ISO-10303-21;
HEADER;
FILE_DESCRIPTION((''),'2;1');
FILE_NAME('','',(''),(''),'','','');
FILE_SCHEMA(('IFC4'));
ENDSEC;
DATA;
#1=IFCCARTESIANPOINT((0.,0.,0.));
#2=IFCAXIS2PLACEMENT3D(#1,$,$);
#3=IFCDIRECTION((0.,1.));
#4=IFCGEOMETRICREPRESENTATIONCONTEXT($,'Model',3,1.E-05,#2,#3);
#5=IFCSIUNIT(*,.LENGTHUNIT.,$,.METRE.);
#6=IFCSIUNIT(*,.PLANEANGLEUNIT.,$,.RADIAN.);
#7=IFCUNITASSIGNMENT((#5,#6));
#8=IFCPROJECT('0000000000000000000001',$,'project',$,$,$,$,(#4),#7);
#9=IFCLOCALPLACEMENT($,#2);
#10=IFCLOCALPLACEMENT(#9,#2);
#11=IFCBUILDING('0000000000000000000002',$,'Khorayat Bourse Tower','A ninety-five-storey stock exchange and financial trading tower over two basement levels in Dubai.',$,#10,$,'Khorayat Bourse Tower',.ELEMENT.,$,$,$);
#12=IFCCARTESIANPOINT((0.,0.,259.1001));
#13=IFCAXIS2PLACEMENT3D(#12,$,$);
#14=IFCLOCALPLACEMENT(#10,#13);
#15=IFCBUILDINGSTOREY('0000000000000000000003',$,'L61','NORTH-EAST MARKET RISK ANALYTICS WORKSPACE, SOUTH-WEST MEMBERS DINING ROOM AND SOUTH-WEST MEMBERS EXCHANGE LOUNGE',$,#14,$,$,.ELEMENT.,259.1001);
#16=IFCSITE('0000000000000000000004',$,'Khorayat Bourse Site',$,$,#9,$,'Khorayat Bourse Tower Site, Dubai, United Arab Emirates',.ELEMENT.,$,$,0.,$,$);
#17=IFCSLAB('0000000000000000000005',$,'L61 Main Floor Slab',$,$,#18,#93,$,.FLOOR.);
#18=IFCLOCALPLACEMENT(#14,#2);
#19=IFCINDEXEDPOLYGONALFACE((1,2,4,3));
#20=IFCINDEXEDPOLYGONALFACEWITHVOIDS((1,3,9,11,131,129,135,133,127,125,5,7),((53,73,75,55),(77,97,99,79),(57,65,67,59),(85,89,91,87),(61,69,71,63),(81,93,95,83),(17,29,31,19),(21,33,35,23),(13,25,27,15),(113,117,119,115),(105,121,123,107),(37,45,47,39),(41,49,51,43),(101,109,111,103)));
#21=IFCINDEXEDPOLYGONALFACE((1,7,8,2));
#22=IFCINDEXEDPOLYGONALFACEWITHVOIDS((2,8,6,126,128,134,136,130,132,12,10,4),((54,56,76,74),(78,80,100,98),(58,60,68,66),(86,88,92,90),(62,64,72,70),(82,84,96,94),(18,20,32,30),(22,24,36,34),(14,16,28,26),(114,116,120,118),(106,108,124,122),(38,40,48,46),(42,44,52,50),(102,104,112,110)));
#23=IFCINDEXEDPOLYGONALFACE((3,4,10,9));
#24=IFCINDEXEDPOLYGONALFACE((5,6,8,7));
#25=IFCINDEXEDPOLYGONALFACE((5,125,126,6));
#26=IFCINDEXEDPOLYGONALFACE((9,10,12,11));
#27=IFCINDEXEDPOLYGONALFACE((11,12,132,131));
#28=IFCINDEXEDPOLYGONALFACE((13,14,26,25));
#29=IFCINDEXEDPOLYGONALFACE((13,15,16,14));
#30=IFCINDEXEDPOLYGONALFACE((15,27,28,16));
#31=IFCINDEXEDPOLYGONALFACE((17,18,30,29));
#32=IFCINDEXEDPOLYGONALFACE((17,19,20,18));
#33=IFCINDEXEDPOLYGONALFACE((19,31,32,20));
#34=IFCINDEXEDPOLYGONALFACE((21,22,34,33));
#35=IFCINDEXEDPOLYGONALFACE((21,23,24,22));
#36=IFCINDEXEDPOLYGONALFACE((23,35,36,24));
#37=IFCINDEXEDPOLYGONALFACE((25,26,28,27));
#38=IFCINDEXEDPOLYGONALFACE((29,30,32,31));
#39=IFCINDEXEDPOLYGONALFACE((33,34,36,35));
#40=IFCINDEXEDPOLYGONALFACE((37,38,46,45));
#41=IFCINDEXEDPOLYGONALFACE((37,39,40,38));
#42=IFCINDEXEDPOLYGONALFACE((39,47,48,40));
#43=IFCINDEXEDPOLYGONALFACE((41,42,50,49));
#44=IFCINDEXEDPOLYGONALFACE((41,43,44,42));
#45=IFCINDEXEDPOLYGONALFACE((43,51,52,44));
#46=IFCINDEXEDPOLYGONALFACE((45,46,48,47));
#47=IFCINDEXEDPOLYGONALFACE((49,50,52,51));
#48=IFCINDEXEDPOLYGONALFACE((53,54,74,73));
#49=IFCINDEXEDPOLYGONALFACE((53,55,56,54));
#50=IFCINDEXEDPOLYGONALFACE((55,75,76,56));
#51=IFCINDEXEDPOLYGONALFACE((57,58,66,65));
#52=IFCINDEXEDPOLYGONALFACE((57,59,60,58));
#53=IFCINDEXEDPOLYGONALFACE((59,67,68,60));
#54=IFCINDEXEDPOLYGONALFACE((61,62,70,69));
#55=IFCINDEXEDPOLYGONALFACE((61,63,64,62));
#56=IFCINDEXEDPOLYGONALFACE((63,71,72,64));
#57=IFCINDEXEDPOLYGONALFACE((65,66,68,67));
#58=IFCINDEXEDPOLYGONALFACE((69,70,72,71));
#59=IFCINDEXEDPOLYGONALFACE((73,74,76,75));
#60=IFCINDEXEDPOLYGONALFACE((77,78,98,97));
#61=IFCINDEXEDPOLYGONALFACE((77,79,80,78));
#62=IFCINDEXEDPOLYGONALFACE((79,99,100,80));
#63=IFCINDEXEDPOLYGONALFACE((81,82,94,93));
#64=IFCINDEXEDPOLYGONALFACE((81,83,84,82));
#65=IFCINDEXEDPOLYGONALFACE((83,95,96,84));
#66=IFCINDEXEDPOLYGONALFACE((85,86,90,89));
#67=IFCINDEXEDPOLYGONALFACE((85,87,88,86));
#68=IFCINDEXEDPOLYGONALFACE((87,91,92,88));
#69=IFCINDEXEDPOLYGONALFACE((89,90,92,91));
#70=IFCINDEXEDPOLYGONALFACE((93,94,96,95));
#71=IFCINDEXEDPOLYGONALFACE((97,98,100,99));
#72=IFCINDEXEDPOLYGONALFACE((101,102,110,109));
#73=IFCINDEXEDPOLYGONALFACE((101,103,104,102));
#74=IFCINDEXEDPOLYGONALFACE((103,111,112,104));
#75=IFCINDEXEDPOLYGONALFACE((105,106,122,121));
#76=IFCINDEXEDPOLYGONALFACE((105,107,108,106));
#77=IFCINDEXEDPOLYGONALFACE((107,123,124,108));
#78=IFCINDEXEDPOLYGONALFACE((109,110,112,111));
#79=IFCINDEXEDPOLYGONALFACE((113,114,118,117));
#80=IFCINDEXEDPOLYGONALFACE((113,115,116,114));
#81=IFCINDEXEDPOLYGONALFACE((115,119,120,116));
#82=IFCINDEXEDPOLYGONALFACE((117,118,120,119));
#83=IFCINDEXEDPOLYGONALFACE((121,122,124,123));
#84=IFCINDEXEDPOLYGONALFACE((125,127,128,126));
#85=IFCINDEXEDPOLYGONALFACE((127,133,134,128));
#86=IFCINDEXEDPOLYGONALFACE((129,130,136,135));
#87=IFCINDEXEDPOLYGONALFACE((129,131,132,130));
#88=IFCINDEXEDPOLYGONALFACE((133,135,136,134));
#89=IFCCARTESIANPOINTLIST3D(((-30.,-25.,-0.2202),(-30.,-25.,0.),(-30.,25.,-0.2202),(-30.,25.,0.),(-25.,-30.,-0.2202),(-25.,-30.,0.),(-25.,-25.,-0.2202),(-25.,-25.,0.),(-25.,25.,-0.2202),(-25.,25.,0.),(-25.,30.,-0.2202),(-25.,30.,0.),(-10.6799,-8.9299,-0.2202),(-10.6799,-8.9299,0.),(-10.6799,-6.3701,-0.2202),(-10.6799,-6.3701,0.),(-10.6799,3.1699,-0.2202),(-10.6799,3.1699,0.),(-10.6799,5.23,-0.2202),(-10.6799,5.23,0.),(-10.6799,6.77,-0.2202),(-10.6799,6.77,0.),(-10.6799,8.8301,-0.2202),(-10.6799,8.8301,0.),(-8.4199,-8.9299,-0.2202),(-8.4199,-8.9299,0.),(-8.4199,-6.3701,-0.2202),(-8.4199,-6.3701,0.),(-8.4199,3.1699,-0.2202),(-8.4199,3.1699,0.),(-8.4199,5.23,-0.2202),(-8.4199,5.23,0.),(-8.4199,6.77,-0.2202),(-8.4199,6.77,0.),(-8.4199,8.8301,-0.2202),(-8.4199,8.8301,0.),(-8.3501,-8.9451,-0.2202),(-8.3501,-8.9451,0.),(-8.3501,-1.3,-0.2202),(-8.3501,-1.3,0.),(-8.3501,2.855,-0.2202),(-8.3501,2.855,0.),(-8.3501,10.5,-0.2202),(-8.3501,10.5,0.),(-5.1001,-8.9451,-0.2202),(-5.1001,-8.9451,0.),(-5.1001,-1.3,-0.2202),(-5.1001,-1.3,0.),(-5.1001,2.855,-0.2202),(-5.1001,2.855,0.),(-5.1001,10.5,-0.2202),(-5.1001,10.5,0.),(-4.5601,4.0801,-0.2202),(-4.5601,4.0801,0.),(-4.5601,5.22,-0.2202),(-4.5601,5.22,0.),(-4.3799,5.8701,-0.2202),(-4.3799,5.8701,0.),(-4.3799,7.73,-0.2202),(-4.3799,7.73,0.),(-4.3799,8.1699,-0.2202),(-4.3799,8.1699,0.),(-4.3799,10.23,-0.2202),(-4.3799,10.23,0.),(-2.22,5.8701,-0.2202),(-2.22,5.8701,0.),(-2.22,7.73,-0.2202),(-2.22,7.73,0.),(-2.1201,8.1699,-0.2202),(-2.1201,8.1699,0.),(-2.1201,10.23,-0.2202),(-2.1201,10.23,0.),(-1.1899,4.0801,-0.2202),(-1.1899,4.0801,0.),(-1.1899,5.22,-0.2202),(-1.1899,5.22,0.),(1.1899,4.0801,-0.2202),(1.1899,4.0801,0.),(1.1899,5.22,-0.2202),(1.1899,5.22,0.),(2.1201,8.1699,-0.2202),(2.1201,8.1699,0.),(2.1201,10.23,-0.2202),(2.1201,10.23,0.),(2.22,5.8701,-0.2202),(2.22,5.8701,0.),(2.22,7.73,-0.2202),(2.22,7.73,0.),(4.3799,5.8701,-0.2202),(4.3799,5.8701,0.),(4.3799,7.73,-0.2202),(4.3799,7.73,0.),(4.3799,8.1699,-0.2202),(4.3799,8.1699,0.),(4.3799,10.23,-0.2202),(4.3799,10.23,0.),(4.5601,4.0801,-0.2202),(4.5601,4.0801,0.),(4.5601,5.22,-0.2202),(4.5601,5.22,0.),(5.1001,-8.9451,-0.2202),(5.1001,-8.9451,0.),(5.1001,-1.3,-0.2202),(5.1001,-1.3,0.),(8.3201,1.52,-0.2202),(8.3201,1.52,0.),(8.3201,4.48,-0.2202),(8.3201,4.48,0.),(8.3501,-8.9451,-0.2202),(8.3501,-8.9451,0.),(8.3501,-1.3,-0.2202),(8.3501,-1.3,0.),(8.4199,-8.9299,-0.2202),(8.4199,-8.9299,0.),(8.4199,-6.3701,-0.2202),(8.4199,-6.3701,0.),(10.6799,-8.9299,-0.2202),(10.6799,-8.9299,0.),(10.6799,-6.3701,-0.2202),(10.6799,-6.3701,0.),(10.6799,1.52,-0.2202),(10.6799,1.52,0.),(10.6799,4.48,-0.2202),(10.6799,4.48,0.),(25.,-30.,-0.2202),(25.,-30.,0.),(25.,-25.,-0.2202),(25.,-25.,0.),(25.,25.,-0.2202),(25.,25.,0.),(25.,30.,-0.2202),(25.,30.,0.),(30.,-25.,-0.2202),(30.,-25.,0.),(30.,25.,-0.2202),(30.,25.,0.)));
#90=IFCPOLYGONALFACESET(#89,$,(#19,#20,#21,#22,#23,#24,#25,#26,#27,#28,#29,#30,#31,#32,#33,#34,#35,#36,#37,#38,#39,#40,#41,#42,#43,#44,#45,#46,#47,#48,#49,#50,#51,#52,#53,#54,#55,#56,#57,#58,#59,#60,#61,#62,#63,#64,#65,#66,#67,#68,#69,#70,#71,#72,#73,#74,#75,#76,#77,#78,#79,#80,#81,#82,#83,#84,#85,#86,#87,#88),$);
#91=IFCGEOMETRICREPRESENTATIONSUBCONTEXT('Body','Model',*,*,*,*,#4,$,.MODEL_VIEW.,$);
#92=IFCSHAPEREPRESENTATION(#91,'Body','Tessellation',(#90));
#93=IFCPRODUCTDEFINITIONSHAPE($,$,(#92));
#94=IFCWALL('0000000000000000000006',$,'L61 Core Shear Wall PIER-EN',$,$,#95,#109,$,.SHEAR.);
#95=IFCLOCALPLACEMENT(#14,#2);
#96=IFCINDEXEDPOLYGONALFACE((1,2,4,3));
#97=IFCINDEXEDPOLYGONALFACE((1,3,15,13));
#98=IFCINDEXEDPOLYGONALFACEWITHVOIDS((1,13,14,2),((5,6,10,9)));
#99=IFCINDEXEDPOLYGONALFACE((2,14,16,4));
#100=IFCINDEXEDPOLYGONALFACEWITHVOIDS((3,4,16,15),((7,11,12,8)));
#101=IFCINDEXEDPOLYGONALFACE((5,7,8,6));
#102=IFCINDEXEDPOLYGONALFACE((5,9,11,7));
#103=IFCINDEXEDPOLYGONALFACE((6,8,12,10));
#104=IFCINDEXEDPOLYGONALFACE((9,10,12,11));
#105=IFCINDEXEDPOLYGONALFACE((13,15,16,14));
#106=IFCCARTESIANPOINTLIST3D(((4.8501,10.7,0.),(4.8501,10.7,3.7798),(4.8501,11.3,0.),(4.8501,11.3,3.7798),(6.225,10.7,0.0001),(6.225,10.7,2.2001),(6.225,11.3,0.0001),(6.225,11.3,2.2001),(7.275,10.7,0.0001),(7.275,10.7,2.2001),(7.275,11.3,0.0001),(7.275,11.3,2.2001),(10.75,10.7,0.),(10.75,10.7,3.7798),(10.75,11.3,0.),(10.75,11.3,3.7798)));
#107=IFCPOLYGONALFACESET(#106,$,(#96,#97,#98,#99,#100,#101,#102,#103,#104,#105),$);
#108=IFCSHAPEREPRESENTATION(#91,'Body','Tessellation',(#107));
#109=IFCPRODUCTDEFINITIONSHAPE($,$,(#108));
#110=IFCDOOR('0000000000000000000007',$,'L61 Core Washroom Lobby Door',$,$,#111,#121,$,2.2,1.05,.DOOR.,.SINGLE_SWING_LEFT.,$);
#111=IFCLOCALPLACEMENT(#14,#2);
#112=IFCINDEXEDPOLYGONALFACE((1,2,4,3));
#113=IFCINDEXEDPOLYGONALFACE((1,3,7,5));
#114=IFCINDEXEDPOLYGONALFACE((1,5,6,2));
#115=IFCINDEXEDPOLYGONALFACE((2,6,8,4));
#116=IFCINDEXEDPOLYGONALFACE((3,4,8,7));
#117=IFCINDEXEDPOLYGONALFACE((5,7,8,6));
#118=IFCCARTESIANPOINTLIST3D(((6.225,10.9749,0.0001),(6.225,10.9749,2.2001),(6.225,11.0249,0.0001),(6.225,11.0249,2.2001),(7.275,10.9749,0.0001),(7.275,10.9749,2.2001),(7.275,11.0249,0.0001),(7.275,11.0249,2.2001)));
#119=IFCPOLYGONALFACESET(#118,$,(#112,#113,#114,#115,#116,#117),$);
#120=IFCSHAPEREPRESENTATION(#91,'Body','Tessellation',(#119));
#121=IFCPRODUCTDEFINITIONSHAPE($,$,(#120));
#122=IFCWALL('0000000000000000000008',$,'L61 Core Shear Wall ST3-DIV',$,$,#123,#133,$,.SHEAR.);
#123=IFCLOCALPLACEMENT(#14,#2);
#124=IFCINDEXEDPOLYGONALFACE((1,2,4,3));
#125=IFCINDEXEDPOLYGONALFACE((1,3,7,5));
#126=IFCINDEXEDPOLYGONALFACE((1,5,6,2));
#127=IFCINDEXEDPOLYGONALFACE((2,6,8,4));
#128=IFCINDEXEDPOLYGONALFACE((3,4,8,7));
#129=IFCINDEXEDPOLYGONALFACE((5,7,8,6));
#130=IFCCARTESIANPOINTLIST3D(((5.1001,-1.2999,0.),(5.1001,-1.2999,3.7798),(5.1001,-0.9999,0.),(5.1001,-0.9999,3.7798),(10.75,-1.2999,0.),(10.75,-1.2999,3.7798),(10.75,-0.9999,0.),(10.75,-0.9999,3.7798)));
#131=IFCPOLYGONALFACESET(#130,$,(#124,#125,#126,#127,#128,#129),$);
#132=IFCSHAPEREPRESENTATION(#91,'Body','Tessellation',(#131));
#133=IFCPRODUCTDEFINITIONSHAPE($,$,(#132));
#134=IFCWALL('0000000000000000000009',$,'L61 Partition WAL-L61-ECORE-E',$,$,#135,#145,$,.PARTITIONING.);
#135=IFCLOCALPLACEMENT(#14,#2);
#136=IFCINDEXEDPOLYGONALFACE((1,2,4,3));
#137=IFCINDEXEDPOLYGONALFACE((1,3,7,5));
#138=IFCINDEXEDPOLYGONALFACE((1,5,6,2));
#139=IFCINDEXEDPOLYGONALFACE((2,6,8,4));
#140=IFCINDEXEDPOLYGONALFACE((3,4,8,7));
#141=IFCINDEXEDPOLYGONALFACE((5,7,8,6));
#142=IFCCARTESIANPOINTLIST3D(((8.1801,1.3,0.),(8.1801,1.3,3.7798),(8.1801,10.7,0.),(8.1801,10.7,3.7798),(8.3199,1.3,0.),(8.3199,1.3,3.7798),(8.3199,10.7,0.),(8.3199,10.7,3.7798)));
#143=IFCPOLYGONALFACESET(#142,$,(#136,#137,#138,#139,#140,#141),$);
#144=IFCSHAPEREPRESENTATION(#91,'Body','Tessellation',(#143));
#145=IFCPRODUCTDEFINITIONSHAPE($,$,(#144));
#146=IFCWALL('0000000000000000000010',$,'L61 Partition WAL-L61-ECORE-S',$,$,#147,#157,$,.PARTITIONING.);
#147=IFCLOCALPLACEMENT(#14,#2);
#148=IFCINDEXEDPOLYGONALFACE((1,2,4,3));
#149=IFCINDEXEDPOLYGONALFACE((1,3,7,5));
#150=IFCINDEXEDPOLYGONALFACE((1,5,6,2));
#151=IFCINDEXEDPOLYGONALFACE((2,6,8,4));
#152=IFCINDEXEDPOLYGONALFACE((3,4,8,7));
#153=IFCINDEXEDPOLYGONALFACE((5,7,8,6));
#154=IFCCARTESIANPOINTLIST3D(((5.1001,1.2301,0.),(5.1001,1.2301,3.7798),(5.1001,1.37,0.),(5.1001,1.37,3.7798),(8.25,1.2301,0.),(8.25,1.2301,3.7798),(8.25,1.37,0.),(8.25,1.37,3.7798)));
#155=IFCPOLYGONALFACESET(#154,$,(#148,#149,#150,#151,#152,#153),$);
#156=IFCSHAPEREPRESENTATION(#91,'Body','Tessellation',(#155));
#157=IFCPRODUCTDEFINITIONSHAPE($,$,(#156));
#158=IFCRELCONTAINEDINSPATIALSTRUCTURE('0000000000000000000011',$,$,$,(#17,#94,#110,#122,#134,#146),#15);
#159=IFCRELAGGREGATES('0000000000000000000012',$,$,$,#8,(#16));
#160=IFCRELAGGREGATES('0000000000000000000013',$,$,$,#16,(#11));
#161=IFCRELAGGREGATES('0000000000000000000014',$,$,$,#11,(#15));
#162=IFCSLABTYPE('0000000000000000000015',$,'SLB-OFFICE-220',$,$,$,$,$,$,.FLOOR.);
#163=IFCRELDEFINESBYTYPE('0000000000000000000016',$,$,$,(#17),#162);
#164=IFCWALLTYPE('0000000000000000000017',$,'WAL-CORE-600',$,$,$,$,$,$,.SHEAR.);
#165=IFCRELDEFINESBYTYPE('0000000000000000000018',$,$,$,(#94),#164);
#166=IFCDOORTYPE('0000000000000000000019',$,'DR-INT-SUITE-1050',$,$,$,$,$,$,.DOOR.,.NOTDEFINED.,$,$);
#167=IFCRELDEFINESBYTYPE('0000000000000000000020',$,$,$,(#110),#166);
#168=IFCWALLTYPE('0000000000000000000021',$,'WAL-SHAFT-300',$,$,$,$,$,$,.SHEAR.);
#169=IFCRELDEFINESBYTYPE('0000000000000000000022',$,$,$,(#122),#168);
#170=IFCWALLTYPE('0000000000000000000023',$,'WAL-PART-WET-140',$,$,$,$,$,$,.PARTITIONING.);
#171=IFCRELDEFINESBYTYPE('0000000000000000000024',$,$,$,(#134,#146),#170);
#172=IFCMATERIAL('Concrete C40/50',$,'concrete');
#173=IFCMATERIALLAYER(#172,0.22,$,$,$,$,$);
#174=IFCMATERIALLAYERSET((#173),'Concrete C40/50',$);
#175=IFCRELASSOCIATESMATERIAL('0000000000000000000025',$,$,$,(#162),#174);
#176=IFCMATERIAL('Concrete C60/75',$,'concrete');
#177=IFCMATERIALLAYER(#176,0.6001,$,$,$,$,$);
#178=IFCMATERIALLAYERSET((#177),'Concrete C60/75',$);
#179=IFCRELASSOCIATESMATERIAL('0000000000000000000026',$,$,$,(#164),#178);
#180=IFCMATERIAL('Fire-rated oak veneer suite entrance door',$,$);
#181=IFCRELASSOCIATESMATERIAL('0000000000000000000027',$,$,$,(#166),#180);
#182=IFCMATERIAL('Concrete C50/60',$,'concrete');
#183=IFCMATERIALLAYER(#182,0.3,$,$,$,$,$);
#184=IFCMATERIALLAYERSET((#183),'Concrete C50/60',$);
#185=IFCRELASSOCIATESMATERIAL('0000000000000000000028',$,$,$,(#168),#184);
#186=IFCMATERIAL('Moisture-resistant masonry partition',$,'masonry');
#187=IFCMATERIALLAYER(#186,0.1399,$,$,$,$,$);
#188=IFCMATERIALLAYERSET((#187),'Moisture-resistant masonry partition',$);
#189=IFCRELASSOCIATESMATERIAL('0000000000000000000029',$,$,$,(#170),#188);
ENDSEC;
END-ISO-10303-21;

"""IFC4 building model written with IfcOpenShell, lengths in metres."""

from ifc_helpers import new_model, si_unit, direction, frame, frame_2d, origin, place, context, subcontext, project, spatial, polyline, rectangle, outline, extrude, source, transform, mapped, material, layer, layer_set, type_object, element, fill, save


model = new_model("IFC4")

# Units and contexts
model_context = context("Model", 3, precision=1e-05, world=origin(), true_north=direction((0.0, 1.0)))
body_context = subcontext(model_context, "Body", "Model", "MODEL_VIEW")
ifc_project = project(units=[si_unit("LENGTHUNIT", "METRE"), si_unit("PLANEANGLEUNIT", "RADIAN")], contexts=[model_context])

# Site, building, storey
site_placement = place(None, origin())
site = spatial("IfcSite", under=ifc_project, at=site_placement, Name="Khorayat Bourse Site", LongName="Khorayat Bourse Tower Site, Dubai, United Arab Emirates", CompositionType="ELEMENT", RefElevation=0.0)
building_placement = place(site_placement, origin())
building = spatial("IfcBuilding", under=site, at=building_placement, Name="Khorayat Bourse Tower", Description="A ninety-five-storey stock exchange and financial trading tower over two basement levels in Dubai.", LongName="Khorayat Bourse Tower", CompositionType="ELEMENT")
storey_placement = place(building_placement, frame((0.0, 0.0, 259.1001)))
storey = spatial("IfcBuildingStorey", under=building, at=storey_placement, Name="L61", Description="NORTH-EAST MARKET RISK ANALYTICS WORKSPACE, SOUTH-WEST MEMBERS DINING ROOM AND SOUTH-WEST MEMBERS EXCHANGE LOUNGE", CompositionType="ELEMENT", Elevation=259.1001)

# Shared definitions
ifc_material_1 = material(Name="Concrete C60/75", Category="concrete")

# Shared definitions
ifc_material_2 = material(Name="Concrete C40/50", Category="concrete")

# Slab
ifc_layer_1 = layer(ifc_material_2, 0.22)
ifc_layer_set_1 = layer_set([ifc_layer_1], Name="Concrete C40/50")
slab_type_1 = type_object("IfcSlabType", Name="SLB-OFFICE-220", PredefinedType="FLOOR", material=ifc_layer_set_1)
slab_1_placement = place(storey_placement, frame((0.0, 0.0, -0.2202)))
element("IfcSlab", 1, at=slab_1_placement, inside=storey, type_object=slab_type_1, Name="L61 Main Floor Slab", PredefinedType="FLOOR", context=body_context, shape_type="SweptSolid", body=[
    extrude(outline(polyline([(-25.0, -30.0), (25.0, -30.0), (25.0, -25.0), (30.0, -25.0), (30.0, 25.0), (25.0, 25.0), (25.0, 30.0), (-25.0, 30.0), (-25.0, 25.0), (-30.0, 25.0), (-30.0, -25.0), (-25.0, -25.0), (-25.0, -30.0)]), holes=[polyline([(-8.3501, -8.9451), (-5.1001, -8.9451), (-5.1001, -1.3), (-8.3501, -1.3), (-8.3501, -8.9451)]), polyline([(-8.3501, 2.855), (-5.1001, 2.855), (-5.1001, 10.5), (-8.3501, 10.5), (-8.3501, 2.855)]), polyline([(5.1001, -8.9451), (8.3501, -8.9451), (8.3501, -1.3), (5.1001, -1.3), (5.1001, -8.9451)]), polyline([(-4.3799, 8.1699), (-2.1201, 8.1699), (-2.1201, 10.23), (-4.3799, 10.23), (-4.3799, 8.1699)]), polyline([(2.1201, 8.1699), (4.3799, 8.1699), (4.3799, 10.23), (2.1201, 10.23), (2.1201, 8.1699)]), polyline([(-4.3799, 5.8701), (-2.22, 5.8701), (-2.22, 7.73), (-4.3799, 7.73), (-4.3799, 5.8701)]), polyline([(2.22, 5.8701), (4.3799, 5.8701), (4.3799, 7.73), (2.22, 7.73), (2.22, 5.8701)]), polyline([(-10.6799, 3.1699), (-8.4199, 3.1699), (-8.4199, 5.23), (-10.6799, 5.23), (-10.6799, 3.1699)]), polyline([(-10.6799, 6.77), (-8.4199, 6.77), (-8.4199, 8.8301), (-10.6799, 8.8301), (-10.6799, 6.77)]), polyline([(-10.6799, -8.9299), (-8.4199, -8.9299), (-8.4199, -6.3701), (-10.6799, -6.3701), (-10.6799, -8.9299)]), polyline([(8.4199, -8.9299), (10.6799, -8.9299), (10.6799, -6.3701), (8.4199, -6.3701), (8.4199, -8.9299)]), polyline([(8.3201, 1.52), (10.6799, 1.52), (10.6799, 4.48), (8.3201, 4.48), (8.3201, 1.52)]), polyline([(-4.5601, 4.0801), (-1.1899, 4.0801), (-1.1899, 5.22), (-4.5601, 5.22), (-4.5601, 4.0801)]), polyline([(1.1899, 4.0801), (4.5601, 4.0801), (4.5601, 5.22), (1.1899, 5.22), (1.1899, 4.0801)])]), origin(), (0.0, 0.0, 1.0), 0.2202),
])

# Wall, opening, door
ifc_layer_2 = layer(ifc_material_1, 0.6001)
ifc_layer_set_2 = layer_set([ifc_layer_2], Name="Concrete C60/75")
wall_type_1 = type_object("IfcWallType", Name="WAL-CORE-600", PredefinedType="SHEAR", material=ifc_layer_set_2)
shared_shape_1 = source(origin(), body_context, "Body", "SweptSolid", [
    extrude(rectangle(XDim=5.8999, YDim=0.6001, at=frame_2d((2.95, 0.0))), origin(), (0.0, 0.0, 1.0), 3.7798),
])
wall_1_placement = place(storey_placement, frame((4.8501, 11.0, 0.0), z_axis=(0.0, 0.0, 1.0), x_axis=(1.0, 0.0, 0.0)))
wall_1 = element("IfcWall", 2, at=wall_1_placement, inside=storey, type_object=wall_type_1, Name="L61 Core Shear Wall PIER-EN", PredefinedType="SHEAR", context=body_context, shape_type="MappedRepresentation", body=[
    mapped(shared_shape_1, transform((0.0, 0.0, 0.0), scale=1.0)),
])
shared_shape_2 = source(origin(), body_context, "Body", "SweptSolid", [
    extrude(rectangle(XDim=1.05, YDim=2.2, at=frame_2d((0.5249, 1.1001))), frame((0.0, 0.3101, 0.0), z_axis=(0.0, -1.0, 0.0), x_axis=(1.0, 0.0, 0.0)), (0.0, 0.0, 1.0), 0.6201),
])
opening_1_placement = place(wall_1_placement, frame((1.375, 0.0, 0.0)))
opening_1 = element("IfcOpeningElement", 3, at=opening_1_placement, cuts=wall_1, PredefinedType="OPENING", context=body_context, shape_type="MappedRepresentation", body=[
    mapped(shared_shape_2, transform((0.0, 0.0, 0.0), scale=1.0)),
])
ifc_material_3 = material(Name="Fire-rated oak veneer suite entrance door")
door_type_1 = type_object("IfcDoorType", Name="DR-INT-SUITE-1050", OperationType="NOTDEFINED", PredefinedType="DOOR", material=ifc_material_3)
shared_shape_3 = source(origin(), body_context, "Body", "SweptSolid", [
    extrude(rectangle(XDim=1.05, YDim=2.2, at=frame_2d((0.5249, 1.1001))), frame((0.0, 0.0249, 0.0), z_axis=(0.0, -1.0, 0.0), x_axis=(1.0, 0.0, 0.0)), (0.0, 0.0, 1.0), 0.05),
])
door_1_placement = place(opening_1_placement, origin())
door_1 = element("IfcDoor", 4, at=door_1_placement, inside=storey, type_object=door_type_1, Name="L61 Core Washroom Lobby Door", OperationType="SINGLE_SWING_LEFT", OverallHeight=2.2, OverallWidth=1.05, PredefinedType="DOOR", context=body_context, shape_type="MappedRepresentation", body=[
    mapped(shared_shape_3, transform((0.0, 0.0, 0.0), scale=1.0)),
])
fill(opening_1, door_1)

# Walls
ifc_material_4 = material(Name="Concrete C50/60", Category="concrete")
ifc_layer_3 = layer(ifc_material_4, 0.3)
ifc_layer_set_3 = layer_set([ifc_layer_3], Name="Concrete C50/60")
wall_type_2 = type_object("IfcWallType", Name="WAL-SHAFT-300", PredefinedType="SHEAR", material=ifc_layer_set_3)
shared_shape_4 = source(origin(), body_context, "Body", "SweptSolid", [
    extrude(rectangle(XDim=5.6499, YDim=0.3, at=frame_2d((2.825, 0.0))), origin(), (0.0, 0.0, 1.0), 3.7798),
])
wall_2_placement = place(storey_placement, frame((5.1001, -1.1499, 0.0), z_axis=(0.0, 0.0, 1.0), x_axis=(1.0, 0.0, 0.0)))
element("IfcWall", 5, at=wall_2_placement, inside=storey, type_object=wall_type_2, Name="L61 Core Shear Wall ST3-DIV", PredefinedType="SHEAR", context=body_context, shape_type="MappedRepresentation", body=[
    mapped(shared_shape_4, transform((0.0, 0.0, 0.0), scale=1.0)),
])
ifc_material_5 = material(Name="Moisture-resistant masonry partition", Category="masonry")
ifc_layer_4 = layer(ifc_material_5, 0.1399)
ifc_layer_set_4 = layer_set([ifc_layer_4], Name="Moisture-resistant masonry partition")
wall_type_3 = type_object("IfcWallType", Name="WAL-PART-WET-140", PredefinedType="PARTITIONING", material=ifc_layer_set_4)
shared_shape_5 = source(origin(), body_context, "Body", "SweptSolid", [
    extrude(rectangle(XDim=9.3999, YDim=0.1399, at=frame_2d((4.7, 0.0))), origin(), (0.0, 0.0, 1.0), 3.7798),
])
wall_3_placement = place(storey_placement, frame((8.25, 1.3, 0.0), z_axis=(0.0, 0.0, 1.0), x_axis=(0.0, 1.0, 0.0)))
element("IfcWall", 6, at=wall_3_placement, inside=storey, type_object=wall_type_3, Name="L61 Partition WAL-L61-ECORE-E", PredefinedType="PARTITIONING", context=body_context, shape_type="MappedRepresentation", body=[
    mapped(shared_shape_5, transform((0.0, 0.0, 0.0), scale=1.0)),
])
shared_shape_6 = source(origin(), body_context, "Body", "SweptSolid", [
    extrude(rectangle(XDim=3.1499, YDim=0.1399, at=frame_2d((1.575, 0.0))), origin(), (0.0, 0.0, 1.0), 3.7798),
])
wall_4_placement = place(storey_placement, frame((5.1001, 1.3, 0.0), z_axis=(0.0, 0.0, 1.0), x_axis=(1.0, 0.0, 0.0)))
element("IfcWall", 7, at=wall_4_placement, inside=storey, type_object=wall_type_3, Name="L61 Partition WAL-L61-ECORE-S", PredefinedType="PARTITIONING", context=body_context, shape_type="MappedRepresentation", body=[
    mapped(shared_shape_6, transform((0.0, 0.0, 0.0), scale=1.0)),
])

save(model, "model.ifc")
